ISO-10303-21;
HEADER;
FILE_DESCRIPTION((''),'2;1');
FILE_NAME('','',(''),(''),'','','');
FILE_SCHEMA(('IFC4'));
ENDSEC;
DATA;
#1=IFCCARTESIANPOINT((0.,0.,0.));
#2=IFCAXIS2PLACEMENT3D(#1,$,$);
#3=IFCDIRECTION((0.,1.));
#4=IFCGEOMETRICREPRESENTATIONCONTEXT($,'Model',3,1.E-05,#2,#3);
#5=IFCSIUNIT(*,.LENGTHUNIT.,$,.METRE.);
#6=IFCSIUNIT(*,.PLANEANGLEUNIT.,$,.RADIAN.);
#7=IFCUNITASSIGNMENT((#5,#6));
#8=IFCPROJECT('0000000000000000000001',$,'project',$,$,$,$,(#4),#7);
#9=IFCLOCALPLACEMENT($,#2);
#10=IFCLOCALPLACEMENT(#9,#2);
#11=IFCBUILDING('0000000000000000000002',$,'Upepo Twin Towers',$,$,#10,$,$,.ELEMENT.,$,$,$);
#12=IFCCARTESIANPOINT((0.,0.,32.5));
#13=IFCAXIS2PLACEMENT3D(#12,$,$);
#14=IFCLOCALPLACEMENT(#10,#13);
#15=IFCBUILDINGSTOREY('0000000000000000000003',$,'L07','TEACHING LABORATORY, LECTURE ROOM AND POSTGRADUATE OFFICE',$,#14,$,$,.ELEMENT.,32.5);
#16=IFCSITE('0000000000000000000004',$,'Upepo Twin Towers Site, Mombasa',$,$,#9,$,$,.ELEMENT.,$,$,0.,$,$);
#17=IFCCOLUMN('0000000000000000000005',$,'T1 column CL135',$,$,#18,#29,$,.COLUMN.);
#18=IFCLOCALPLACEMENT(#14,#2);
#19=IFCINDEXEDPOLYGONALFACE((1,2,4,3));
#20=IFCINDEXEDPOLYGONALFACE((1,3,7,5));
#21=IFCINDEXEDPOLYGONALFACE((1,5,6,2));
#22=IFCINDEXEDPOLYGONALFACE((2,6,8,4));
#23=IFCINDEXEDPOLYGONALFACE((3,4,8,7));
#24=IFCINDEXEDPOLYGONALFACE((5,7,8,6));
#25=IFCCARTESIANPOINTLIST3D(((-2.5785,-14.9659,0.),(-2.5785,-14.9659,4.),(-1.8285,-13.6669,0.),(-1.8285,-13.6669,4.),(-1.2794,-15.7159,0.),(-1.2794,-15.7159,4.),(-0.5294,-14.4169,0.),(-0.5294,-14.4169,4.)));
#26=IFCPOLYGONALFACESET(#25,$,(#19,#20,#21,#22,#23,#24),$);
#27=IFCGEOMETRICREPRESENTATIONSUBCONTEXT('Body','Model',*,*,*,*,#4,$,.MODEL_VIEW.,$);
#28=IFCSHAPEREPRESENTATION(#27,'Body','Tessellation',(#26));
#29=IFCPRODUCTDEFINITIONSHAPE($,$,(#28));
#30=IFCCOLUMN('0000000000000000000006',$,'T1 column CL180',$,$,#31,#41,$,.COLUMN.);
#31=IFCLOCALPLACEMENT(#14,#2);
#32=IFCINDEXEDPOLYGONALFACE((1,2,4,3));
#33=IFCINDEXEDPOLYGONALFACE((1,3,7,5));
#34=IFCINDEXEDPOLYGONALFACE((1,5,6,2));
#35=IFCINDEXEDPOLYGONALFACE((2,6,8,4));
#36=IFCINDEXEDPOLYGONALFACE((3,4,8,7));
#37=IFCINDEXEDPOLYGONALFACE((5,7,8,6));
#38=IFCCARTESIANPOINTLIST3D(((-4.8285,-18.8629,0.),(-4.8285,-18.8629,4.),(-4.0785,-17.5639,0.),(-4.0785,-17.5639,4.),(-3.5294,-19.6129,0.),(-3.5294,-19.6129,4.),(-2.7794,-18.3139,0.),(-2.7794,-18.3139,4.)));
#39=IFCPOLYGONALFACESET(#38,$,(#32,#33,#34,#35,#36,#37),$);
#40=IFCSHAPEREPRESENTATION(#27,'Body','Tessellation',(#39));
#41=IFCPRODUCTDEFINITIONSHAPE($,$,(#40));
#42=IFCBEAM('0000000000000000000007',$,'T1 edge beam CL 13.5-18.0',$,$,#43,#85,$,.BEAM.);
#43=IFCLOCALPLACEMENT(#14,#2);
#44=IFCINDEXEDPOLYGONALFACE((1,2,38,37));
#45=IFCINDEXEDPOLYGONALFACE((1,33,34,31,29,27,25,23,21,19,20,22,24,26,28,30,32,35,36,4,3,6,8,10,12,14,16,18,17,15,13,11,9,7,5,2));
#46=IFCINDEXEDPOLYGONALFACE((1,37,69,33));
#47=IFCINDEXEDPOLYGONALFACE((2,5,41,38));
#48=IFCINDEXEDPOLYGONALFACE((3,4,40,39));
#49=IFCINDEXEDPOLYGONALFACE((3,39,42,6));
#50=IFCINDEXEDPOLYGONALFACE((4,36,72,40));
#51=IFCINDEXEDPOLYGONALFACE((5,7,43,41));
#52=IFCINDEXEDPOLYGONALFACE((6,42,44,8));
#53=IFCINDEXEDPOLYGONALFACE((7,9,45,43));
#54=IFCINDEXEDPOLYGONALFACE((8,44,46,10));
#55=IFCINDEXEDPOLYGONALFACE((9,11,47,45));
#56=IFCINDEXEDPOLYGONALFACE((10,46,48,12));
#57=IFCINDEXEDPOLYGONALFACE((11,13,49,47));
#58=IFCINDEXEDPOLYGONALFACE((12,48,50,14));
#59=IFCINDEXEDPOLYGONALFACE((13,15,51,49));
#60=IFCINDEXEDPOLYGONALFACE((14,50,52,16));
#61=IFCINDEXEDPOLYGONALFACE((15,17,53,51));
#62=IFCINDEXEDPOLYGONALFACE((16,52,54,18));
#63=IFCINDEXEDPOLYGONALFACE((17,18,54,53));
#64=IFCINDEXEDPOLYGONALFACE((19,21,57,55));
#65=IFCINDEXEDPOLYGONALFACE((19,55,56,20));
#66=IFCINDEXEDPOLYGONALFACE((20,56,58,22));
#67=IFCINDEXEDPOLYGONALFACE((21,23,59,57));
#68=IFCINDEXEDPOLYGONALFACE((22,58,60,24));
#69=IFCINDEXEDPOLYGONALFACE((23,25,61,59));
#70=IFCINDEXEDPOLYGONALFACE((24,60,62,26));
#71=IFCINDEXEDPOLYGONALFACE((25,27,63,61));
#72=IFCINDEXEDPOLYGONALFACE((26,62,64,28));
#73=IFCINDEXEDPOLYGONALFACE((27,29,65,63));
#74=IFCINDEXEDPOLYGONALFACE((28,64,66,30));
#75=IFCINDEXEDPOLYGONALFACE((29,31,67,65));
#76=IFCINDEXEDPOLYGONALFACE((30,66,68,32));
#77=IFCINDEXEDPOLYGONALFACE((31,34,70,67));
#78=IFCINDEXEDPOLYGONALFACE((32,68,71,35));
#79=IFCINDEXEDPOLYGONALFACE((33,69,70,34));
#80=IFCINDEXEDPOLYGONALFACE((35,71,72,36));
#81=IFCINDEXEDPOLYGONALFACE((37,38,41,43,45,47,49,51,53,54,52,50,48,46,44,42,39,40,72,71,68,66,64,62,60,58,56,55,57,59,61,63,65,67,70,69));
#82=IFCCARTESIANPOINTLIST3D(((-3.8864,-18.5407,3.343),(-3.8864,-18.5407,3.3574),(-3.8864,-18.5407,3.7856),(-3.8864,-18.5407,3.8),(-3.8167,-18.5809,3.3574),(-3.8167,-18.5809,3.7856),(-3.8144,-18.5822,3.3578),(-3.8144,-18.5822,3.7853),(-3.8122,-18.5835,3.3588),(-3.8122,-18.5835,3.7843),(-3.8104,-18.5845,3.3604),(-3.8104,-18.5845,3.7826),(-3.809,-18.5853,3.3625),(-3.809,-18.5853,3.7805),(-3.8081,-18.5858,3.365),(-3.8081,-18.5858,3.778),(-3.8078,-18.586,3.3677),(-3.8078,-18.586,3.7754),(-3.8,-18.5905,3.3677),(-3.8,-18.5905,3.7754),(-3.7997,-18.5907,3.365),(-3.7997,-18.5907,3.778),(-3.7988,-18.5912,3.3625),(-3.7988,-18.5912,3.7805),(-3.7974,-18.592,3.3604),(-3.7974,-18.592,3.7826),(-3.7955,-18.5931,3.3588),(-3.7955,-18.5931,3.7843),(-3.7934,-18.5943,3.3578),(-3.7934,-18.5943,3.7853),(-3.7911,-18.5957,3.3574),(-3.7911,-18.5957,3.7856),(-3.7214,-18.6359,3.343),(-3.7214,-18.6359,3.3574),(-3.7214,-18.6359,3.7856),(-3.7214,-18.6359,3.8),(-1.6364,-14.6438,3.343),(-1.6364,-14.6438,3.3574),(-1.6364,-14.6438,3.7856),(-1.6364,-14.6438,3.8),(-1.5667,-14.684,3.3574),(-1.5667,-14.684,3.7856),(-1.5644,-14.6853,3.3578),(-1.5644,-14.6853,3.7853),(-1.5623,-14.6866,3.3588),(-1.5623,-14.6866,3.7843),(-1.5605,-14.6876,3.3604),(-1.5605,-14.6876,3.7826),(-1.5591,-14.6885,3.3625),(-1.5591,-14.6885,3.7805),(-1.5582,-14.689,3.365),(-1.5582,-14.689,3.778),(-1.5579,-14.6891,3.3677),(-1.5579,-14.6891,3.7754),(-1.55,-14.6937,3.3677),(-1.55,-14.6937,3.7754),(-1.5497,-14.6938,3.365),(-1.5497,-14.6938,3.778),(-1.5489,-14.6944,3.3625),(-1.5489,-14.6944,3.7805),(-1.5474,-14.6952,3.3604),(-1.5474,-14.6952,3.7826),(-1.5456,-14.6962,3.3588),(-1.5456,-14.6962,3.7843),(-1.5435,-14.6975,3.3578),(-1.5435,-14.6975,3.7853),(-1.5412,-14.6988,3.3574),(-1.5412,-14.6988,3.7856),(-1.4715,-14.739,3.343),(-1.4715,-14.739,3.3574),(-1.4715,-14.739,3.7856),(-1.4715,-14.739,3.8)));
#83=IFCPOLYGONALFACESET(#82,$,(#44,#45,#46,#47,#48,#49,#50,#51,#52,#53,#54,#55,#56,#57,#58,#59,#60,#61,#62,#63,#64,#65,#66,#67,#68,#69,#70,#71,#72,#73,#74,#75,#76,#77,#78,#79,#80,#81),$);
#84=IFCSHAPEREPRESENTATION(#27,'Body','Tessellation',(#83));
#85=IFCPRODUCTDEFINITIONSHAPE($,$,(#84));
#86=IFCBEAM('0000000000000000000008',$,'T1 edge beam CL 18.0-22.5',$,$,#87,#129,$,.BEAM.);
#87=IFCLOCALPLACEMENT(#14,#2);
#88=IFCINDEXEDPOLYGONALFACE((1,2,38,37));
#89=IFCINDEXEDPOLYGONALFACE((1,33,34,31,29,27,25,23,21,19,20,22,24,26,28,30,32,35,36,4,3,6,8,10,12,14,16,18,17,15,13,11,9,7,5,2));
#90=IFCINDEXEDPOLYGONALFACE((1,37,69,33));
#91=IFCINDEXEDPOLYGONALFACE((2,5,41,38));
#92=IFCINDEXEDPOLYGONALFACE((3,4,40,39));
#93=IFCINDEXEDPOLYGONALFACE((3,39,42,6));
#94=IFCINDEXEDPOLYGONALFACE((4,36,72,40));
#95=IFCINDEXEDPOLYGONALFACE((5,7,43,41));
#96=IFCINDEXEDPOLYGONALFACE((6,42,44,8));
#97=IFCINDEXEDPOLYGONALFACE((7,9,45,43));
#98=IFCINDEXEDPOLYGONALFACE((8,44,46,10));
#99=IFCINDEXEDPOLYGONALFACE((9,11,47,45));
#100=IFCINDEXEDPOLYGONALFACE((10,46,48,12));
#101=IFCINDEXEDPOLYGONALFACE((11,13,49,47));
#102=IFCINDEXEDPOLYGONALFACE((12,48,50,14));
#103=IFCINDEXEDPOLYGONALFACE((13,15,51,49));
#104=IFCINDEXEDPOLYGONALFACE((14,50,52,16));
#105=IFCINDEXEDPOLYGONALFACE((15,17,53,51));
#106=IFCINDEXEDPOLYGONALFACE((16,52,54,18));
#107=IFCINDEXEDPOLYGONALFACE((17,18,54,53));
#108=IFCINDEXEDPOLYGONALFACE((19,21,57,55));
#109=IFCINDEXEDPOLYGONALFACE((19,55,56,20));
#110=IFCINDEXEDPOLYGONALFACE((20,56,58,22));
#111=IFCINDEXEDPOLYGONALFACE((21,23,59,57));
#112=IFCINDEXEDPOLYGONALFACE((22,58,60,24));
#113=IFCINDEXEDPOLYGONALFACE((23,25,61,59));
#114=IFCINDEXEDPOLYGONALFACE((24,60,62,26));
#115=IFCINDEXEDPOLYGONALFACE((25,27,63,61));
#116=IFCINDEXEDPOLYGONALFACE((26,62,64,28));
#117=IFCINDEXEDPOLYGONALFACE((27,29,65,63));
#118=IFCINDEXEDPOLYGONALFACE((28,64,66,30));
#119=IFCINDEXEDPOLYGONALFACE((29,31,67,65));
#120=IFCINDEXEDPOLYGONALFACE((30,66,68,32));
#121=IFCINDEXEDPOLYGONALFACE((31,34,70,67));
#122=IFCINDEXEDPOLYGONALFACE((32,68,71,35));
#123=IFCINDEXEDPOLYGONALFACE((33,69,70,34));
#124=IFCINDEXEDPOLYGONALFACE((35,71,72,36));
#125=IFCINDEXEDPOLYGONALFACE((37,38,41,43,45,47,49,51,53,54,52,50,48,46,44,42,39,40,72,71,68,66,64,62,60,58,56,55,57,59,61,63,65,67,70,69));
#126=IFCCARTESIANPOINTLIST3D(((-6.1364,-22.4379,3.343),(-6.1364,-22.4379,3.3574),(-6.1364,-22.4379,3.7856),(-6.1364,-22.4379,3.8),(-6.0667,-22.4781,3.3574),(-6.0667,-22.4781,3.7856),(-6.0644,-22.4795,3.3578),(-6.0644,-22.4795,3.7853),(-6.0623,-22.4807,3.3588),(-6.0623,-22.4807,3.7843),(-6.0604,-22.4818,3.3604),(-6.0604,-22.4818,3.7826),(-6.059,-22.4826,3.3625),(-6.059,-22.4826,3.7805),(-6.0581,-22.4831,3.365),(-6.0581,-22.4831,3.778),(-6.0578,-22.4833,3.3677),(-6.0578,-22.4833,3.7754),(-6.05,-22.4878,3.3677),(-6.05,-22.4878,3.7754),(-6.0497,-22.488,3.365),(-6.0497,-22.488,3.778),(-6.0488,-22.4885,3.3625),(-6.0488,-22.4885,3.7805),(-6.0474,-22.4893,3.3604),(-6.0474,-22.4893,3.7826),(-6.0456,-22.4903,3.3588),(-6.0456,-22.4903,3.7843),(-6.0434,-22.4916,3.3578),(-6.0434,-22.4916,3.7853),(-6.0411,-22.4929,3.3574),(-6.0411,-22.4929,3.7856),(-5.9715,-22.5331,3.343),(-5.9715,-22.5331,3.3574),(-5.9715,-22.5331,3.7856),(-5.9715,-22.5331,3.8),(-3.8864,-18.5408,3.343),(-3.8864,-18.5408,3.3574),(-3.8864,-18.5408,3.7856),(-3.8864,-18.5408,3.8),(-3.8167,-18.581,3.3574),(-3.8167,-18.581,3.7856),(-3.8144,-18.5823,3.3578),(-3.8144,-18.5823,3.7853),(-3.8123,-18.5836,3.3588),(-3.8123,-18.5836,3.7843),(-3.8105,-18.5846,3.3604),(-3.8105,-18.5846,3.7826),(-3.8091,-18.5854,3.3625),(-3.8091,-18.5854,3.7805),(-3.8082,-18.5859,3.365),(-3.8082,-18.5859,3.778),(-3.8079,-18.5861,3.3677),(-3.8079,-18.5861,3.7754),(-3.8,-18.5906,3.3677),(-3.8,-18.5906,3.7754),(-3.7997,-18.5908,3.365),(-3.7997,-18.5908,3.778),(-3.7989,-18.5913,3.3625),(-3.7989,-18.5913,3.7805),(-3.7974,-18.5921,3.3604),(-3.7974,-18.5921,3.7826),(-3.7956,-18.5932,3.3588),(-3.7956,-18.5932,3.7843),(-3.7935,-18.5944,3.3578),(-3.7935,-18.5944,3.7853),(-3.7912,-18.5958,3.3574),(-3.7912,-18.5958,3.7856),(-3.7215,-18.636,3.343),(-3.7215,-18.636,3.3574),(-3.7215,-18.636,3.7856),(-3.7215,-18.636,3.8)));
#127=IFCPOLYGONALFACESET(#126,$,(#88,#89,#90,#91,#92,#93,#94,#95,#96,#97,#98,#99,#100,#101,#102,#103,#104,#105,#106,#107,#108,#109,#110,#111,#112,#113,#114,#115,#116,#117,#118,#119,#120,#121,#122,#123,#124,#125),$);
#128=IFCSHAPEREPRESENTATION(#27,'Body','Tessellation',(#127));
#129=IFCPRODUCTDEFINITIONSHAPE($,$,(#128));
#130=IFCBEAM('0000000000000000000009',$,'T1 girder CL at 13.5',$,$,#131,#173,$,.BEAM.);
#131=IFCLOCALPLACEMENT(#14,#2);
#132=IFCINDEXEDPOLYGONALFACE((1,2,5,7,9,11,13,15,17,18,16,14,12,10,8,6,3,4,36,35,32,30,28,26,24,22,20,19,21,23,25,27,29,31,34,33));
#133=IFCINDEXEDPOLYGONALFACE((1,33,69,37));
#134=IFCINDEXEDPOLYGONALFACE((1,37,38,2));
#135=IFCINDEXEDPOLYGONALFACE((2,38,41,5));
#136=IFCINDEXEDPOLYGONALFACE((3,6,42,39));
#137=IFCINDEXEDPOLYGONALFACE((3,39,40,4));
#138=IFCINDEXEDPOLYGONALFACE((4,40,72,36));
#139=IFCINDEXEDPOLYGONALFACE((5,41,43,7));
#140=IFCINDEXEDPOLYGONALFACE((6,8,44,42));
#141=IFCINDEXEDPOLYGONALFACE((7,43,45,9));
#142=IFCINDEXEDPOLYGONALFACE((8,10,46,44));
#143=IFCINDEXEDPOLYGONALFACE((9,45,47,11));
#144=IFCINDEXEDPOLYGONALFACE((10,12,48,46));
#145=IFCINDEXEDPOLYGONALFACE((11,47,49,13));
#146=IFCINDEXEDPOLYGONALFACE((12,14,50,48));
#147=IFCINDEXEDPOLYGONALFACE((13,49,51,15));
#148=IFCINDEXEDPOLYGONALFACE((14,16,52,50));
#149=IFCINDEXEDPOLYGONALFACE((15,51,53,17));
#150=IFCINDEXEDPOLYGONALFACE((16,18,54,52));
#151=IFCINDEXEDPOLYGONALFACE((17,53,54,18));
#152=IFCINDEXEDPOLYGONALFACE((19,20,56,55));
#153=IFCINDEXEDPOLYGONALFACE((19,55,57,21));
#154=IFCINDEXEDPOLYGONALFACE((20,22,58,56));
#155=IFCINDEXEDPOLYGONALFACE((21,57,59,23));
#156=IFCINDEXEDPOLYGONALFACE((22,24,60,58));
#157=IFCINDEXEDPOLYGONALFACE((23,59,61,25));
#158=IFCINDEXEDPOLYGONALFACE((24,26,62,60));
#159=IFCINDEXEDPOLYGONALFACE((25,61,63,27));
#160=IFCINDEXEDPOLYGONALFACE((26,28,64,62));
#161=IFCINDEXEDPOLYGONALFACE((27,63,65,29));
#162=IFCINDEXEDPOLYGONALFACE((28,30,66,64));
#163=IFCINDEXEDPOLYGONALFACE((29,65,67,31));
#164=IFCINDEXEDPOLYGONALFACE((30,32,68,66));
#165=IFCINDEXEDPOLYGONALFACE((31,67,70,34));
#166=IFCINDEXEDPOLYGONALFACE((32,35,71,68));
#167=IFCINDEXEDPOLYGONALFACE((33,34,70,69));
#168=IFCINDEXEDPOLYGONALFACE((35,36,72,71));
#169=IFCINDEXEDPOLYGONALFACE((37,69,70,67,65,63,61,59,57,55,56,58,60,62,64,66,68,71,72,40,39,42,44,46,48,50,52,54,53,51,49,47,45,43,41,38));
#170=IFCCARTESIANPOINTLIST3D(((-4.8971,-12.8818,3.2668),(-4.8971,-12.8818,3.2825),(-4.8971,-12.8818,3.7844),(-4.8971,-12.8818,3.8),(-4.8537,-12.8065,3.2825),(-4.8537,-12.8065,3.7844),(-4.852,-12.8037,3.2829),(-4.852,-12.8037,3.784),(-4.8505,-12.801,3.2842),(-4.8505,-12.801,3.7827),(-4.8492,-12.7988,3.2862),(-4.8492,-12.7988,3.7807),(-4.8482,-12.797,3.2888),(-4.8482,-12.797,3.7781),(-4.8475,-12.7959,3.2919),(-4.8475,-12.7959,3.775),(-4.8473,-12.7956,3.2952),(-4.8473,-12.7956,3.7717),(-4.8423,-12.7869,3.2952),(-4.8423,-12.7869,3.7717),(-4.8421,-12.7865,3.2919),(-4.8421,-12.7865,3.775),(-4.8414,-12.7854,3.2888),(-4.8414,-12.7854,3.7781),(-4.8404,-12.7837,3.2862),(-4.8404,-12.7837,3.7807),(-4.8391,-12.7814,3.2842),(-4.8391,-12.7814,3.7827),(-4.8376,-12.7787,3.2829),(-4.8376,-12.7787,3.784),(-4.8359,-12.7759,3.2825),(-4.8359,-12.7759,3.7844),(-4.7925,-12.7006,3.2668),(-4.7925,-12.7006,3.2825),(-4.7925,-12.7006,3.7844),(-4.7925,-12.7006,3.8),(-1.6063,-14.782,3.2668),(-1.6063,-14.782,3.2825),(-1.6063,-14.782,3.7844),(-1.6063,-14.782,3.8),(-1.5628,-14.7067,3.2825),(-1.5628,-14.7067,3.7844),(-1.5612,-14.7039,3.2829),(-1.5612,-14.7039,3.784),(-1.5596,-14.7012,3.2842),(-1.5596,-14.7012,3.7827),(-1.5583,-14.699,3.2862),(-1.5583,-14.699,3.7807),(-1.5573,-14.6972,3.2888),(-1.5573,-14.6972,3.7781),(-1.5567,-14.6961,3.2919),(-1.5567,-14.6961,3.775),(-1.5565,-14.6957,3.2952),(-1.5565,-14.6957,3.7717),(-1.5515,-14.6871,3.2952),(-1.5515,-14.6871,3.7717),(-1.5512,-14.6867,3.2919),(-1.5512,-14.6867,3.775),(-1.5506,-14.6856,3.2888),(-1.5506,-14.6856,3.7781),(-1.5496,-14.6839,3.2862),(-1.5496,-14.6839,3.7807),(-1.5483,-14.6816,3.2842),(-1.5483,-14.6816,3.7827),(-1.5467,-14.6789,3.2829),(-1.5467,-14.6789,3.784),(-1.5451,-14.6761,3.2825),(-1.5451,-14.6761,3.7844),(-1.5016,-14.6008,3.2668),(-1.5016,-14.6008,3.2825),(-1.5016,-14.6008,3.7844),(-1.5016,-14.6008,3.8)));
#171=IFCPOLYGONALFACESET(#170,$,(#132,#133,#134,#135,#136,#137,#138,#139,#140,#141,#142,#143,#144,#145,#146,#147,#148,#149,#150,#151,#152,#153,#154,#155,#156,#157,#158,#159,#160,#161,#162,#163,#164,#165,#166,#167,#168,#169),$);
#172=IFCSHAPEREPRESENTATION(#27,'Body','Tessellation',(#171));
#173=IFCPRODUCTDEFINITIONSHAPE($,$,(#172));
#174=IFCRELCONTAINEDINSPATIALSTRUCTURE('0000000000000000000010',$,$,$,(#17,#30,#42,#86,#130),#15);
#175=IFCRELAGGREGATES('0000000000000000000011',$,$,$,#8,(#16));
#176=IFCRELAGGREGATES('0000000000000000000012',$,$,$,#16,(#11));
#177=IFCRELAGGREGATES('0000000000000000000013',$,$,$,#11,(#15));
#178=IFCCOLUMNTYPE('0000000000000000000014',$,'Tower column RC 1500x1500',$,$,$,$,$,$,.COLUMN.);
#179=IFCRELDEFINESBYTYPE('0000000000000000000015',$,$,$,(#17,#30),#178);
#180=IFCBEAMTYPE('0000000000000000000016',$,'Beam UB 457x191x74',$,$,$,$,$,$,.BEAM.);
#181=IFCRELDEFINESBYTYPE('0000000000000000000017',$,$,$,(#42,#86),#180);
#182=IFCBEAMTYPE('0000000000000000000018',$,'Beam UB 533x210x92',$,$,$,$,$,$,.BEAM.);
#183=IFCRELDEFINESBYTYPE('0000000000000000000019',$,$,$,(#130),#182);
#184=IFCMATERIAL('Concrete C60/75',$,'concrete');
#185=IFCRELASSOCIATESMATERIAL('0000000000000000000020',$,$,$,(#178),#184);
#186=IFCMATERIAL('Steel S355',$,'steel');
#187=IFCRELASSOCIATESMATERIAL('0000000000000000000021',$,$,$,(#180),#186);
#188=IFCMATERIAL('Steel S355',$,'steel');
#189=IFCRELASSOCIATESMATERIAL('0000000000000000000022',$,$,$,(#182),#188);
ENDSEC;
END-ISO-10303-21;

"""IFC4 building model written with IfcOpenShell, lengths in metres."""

from ifc_helpers import new_model, si_unit, direction, frame, origin, origin_2d, place, context, subcontext, project, spatial, rectangle, i_section, extrude, material, material_profile, profile_set, type_object, element, save


model = new_model("IFC4")

# Units and contexts
model_context = context("Model", 3, precision=1e-05, world=origin(), true_north=direction((0.0, 1.0)))
body_context = subcontext(model_context, "Body", "Model", "MODEL_VIEW")
ifc_project = project(units=[si_unit("LENGTHUNIT", "METRE"), si_unit("PLANEANGLEUNIT", "RADIAN")], contexts=[model_context])

# Site, building, storey
site_placement = place(None, origin())
site = spatial("IfcSite", under=ifc_project, at=site_placement, Name="Upepo Twin Towers Site, Mombasa", CompositionType="ELEMENT", RefElevation=0.0)
building_placement = place(site_placement, origin())
building = spatial("IfcBuilding", under=site, at=building_placement, Name="Upepo Twin Towers", CompositionType="ELEMENT")
storey_placement = place(building_placement, frame((0.0, 0.0, 32.5)))
storey = spatial("IfcBuildingStorey", under=building, at=storey_placement, Name="L07", Description="TEACHING LABORATORY, LECTURE ROOM AND POSTGRADUATE OFFICE", CompositionType="ELEMENT", Elevation=32.5)

# Columns
ifc_material_1 = material(Name="Concrete C60/75", Category="concrete")
ifc_material_profile_1 = material_profile(ifc_material_1, rectangle(XDim=1.5, YDim=1.5, at=origin_2d()), Name="RC 1500x1500")
ifc_profile_set_1 = profile_set([ifc_material_profile_1], Name="Concrete C60/75")
column_type = type_object("IfcColumnType", Name="Tower column RC 1500x1500", PredefinedType="COLUMN", material=ifc_profile_set_1)
for number, where, z_axis, x_axis, name in (
    (1, (-1.554, -14.6914, 0.0), (0.0, 0.0, 1.0), (0.5, 0.866025, 0.0), "T1 column CL135"),
    (2, (-3.804, -18.5884, 0.0), (0.0, 0.0, 1.0), (0.5, 0.866025, 0.0), "T1 column CL180"),
):
    element("IfcColumn", number, at=place(storey_placement, frame(where, z_axis=z_axis, x_axis=x_axis)), inside=storey, type_object=column_type, Name=name, PredefinedType="COLUMN", context=body_context, shape_type="SweptSolid", body=[
        extrude(rectangle(XDim=1.5, YDim=1.5, at=origin_2d()), origin(), (0.0, 0.0, 1.0), 4.0),
    ])

# Beams
ifc_material_2 = material(Name="Steel S355", Category="steel")
ifc_material_profile_2 = material_profile(ifc_material_2, i_section(OverallWidth=0.1904, OverallDepth=0.457, WebThickness=0.009, FlangeThickness=0.0144, FilletRadius=0.0103, at=origin_2d()), Name="UB 457x191x74")
ifc_profile_set_2 = profile_set([ifc_material_profile_2], Name="Steel S355")
beam_type_1 = type_object("IfcBeamType", Name="Beam UB 457x191x74", PredefinedType="BEAM", material=ifc_profile_set_2)
beam_1_placement = place(storey_placement, frame((-1.554, -14.6914, 3.5715), z_axis=(-0.500014, -0.866018, 0.0), x_axis=(0.866018, -0.500014, 0.0)))
element("IfcBeam", 3, at=beam_1_placement, inside=storey, type_object=beam_type_1, Name="T1 edge beam CL 13.5-18.0", PredefinedType="BEAM", context=body_context, shape_type="SweptSolid", body=[
    extrude(i_section(OverallWidth=0.1904, OverallDepth=0.457, WebThickness=0.009, FlangeThickness=0.0144, FilletRadius=0.0103, at=origin_2d()), origin(), (0.0, 0.0, 1.0), 4.4998),
])
beam_2_placement = place(storey_placement, frame((-3.804, -18.5884, 3.5715), z_axis=(-0.49999, -0.866031, 0.0), x_axis=(0.866031, -0.49999, 0.0)))
element("IfcBeam", 4, at=beam_2_placement, inside=storey, type_object=beam_type_1, Name="T1 edge beam CL 18.0-22.5", PredefinedType="BEAM", context=body_context, shape_type="SweptSolid", body=[
    extrude(i_section(OverallWidth=0.1904, OverallDepth=0.457, WebThickness=0.009, FlangeThickness=0.0144, FilletRadius=0.0103, at=origin_2d()), origin(), (0.0, 0.0, 1.0), 4.5),
])
ifc_material_3 = material(Name="Steel S355", Category="steel")
ifc_material_profile_3 = material_profile(ifc_material_3, i_section(OverallWidth=0.2092, OverallDepth=0.5332, WebThickness=0.01, FlangeThickness=0.0156, FilletRadius=0.0127, at=origin_2d()), Name="UB 533x210x92")
ifc_profile_set_3 = profile_set([ifc_material_profile_3], Name="Steel S355")
beam_type_2 = type_object("IfcBeamType", Name="Beam UB 533x210x92", PredefinedType="BEAM", material=ifc_profile_set_3)
beam_3_placement = place(storey_placement, frame((-1.554, -14.6914, 3.5334), z_axis=(-0.866, 0.500043, 0.0), x_axis=(-0.500043, -0.866, 0.0)))
element("IfcBeam", 5, at=beam_3_placement, inside=storey, type_object=beam_type_2, Name="T1 girder CL at 13.5", PredefinedType="BEAM", context=body_context, shape_type="SweptSolid", body=[
    extrude(i_section(OverallWidth=0.2092, OverallDepth=0.5332, WebThickness=0.01, FlangeThickness=0.0156, FilletRadius=0.0127, at=origin_2d()), origin(), (0.0, 0.0, 1.0), 3.8),
])

save(model, "model.ifc")
